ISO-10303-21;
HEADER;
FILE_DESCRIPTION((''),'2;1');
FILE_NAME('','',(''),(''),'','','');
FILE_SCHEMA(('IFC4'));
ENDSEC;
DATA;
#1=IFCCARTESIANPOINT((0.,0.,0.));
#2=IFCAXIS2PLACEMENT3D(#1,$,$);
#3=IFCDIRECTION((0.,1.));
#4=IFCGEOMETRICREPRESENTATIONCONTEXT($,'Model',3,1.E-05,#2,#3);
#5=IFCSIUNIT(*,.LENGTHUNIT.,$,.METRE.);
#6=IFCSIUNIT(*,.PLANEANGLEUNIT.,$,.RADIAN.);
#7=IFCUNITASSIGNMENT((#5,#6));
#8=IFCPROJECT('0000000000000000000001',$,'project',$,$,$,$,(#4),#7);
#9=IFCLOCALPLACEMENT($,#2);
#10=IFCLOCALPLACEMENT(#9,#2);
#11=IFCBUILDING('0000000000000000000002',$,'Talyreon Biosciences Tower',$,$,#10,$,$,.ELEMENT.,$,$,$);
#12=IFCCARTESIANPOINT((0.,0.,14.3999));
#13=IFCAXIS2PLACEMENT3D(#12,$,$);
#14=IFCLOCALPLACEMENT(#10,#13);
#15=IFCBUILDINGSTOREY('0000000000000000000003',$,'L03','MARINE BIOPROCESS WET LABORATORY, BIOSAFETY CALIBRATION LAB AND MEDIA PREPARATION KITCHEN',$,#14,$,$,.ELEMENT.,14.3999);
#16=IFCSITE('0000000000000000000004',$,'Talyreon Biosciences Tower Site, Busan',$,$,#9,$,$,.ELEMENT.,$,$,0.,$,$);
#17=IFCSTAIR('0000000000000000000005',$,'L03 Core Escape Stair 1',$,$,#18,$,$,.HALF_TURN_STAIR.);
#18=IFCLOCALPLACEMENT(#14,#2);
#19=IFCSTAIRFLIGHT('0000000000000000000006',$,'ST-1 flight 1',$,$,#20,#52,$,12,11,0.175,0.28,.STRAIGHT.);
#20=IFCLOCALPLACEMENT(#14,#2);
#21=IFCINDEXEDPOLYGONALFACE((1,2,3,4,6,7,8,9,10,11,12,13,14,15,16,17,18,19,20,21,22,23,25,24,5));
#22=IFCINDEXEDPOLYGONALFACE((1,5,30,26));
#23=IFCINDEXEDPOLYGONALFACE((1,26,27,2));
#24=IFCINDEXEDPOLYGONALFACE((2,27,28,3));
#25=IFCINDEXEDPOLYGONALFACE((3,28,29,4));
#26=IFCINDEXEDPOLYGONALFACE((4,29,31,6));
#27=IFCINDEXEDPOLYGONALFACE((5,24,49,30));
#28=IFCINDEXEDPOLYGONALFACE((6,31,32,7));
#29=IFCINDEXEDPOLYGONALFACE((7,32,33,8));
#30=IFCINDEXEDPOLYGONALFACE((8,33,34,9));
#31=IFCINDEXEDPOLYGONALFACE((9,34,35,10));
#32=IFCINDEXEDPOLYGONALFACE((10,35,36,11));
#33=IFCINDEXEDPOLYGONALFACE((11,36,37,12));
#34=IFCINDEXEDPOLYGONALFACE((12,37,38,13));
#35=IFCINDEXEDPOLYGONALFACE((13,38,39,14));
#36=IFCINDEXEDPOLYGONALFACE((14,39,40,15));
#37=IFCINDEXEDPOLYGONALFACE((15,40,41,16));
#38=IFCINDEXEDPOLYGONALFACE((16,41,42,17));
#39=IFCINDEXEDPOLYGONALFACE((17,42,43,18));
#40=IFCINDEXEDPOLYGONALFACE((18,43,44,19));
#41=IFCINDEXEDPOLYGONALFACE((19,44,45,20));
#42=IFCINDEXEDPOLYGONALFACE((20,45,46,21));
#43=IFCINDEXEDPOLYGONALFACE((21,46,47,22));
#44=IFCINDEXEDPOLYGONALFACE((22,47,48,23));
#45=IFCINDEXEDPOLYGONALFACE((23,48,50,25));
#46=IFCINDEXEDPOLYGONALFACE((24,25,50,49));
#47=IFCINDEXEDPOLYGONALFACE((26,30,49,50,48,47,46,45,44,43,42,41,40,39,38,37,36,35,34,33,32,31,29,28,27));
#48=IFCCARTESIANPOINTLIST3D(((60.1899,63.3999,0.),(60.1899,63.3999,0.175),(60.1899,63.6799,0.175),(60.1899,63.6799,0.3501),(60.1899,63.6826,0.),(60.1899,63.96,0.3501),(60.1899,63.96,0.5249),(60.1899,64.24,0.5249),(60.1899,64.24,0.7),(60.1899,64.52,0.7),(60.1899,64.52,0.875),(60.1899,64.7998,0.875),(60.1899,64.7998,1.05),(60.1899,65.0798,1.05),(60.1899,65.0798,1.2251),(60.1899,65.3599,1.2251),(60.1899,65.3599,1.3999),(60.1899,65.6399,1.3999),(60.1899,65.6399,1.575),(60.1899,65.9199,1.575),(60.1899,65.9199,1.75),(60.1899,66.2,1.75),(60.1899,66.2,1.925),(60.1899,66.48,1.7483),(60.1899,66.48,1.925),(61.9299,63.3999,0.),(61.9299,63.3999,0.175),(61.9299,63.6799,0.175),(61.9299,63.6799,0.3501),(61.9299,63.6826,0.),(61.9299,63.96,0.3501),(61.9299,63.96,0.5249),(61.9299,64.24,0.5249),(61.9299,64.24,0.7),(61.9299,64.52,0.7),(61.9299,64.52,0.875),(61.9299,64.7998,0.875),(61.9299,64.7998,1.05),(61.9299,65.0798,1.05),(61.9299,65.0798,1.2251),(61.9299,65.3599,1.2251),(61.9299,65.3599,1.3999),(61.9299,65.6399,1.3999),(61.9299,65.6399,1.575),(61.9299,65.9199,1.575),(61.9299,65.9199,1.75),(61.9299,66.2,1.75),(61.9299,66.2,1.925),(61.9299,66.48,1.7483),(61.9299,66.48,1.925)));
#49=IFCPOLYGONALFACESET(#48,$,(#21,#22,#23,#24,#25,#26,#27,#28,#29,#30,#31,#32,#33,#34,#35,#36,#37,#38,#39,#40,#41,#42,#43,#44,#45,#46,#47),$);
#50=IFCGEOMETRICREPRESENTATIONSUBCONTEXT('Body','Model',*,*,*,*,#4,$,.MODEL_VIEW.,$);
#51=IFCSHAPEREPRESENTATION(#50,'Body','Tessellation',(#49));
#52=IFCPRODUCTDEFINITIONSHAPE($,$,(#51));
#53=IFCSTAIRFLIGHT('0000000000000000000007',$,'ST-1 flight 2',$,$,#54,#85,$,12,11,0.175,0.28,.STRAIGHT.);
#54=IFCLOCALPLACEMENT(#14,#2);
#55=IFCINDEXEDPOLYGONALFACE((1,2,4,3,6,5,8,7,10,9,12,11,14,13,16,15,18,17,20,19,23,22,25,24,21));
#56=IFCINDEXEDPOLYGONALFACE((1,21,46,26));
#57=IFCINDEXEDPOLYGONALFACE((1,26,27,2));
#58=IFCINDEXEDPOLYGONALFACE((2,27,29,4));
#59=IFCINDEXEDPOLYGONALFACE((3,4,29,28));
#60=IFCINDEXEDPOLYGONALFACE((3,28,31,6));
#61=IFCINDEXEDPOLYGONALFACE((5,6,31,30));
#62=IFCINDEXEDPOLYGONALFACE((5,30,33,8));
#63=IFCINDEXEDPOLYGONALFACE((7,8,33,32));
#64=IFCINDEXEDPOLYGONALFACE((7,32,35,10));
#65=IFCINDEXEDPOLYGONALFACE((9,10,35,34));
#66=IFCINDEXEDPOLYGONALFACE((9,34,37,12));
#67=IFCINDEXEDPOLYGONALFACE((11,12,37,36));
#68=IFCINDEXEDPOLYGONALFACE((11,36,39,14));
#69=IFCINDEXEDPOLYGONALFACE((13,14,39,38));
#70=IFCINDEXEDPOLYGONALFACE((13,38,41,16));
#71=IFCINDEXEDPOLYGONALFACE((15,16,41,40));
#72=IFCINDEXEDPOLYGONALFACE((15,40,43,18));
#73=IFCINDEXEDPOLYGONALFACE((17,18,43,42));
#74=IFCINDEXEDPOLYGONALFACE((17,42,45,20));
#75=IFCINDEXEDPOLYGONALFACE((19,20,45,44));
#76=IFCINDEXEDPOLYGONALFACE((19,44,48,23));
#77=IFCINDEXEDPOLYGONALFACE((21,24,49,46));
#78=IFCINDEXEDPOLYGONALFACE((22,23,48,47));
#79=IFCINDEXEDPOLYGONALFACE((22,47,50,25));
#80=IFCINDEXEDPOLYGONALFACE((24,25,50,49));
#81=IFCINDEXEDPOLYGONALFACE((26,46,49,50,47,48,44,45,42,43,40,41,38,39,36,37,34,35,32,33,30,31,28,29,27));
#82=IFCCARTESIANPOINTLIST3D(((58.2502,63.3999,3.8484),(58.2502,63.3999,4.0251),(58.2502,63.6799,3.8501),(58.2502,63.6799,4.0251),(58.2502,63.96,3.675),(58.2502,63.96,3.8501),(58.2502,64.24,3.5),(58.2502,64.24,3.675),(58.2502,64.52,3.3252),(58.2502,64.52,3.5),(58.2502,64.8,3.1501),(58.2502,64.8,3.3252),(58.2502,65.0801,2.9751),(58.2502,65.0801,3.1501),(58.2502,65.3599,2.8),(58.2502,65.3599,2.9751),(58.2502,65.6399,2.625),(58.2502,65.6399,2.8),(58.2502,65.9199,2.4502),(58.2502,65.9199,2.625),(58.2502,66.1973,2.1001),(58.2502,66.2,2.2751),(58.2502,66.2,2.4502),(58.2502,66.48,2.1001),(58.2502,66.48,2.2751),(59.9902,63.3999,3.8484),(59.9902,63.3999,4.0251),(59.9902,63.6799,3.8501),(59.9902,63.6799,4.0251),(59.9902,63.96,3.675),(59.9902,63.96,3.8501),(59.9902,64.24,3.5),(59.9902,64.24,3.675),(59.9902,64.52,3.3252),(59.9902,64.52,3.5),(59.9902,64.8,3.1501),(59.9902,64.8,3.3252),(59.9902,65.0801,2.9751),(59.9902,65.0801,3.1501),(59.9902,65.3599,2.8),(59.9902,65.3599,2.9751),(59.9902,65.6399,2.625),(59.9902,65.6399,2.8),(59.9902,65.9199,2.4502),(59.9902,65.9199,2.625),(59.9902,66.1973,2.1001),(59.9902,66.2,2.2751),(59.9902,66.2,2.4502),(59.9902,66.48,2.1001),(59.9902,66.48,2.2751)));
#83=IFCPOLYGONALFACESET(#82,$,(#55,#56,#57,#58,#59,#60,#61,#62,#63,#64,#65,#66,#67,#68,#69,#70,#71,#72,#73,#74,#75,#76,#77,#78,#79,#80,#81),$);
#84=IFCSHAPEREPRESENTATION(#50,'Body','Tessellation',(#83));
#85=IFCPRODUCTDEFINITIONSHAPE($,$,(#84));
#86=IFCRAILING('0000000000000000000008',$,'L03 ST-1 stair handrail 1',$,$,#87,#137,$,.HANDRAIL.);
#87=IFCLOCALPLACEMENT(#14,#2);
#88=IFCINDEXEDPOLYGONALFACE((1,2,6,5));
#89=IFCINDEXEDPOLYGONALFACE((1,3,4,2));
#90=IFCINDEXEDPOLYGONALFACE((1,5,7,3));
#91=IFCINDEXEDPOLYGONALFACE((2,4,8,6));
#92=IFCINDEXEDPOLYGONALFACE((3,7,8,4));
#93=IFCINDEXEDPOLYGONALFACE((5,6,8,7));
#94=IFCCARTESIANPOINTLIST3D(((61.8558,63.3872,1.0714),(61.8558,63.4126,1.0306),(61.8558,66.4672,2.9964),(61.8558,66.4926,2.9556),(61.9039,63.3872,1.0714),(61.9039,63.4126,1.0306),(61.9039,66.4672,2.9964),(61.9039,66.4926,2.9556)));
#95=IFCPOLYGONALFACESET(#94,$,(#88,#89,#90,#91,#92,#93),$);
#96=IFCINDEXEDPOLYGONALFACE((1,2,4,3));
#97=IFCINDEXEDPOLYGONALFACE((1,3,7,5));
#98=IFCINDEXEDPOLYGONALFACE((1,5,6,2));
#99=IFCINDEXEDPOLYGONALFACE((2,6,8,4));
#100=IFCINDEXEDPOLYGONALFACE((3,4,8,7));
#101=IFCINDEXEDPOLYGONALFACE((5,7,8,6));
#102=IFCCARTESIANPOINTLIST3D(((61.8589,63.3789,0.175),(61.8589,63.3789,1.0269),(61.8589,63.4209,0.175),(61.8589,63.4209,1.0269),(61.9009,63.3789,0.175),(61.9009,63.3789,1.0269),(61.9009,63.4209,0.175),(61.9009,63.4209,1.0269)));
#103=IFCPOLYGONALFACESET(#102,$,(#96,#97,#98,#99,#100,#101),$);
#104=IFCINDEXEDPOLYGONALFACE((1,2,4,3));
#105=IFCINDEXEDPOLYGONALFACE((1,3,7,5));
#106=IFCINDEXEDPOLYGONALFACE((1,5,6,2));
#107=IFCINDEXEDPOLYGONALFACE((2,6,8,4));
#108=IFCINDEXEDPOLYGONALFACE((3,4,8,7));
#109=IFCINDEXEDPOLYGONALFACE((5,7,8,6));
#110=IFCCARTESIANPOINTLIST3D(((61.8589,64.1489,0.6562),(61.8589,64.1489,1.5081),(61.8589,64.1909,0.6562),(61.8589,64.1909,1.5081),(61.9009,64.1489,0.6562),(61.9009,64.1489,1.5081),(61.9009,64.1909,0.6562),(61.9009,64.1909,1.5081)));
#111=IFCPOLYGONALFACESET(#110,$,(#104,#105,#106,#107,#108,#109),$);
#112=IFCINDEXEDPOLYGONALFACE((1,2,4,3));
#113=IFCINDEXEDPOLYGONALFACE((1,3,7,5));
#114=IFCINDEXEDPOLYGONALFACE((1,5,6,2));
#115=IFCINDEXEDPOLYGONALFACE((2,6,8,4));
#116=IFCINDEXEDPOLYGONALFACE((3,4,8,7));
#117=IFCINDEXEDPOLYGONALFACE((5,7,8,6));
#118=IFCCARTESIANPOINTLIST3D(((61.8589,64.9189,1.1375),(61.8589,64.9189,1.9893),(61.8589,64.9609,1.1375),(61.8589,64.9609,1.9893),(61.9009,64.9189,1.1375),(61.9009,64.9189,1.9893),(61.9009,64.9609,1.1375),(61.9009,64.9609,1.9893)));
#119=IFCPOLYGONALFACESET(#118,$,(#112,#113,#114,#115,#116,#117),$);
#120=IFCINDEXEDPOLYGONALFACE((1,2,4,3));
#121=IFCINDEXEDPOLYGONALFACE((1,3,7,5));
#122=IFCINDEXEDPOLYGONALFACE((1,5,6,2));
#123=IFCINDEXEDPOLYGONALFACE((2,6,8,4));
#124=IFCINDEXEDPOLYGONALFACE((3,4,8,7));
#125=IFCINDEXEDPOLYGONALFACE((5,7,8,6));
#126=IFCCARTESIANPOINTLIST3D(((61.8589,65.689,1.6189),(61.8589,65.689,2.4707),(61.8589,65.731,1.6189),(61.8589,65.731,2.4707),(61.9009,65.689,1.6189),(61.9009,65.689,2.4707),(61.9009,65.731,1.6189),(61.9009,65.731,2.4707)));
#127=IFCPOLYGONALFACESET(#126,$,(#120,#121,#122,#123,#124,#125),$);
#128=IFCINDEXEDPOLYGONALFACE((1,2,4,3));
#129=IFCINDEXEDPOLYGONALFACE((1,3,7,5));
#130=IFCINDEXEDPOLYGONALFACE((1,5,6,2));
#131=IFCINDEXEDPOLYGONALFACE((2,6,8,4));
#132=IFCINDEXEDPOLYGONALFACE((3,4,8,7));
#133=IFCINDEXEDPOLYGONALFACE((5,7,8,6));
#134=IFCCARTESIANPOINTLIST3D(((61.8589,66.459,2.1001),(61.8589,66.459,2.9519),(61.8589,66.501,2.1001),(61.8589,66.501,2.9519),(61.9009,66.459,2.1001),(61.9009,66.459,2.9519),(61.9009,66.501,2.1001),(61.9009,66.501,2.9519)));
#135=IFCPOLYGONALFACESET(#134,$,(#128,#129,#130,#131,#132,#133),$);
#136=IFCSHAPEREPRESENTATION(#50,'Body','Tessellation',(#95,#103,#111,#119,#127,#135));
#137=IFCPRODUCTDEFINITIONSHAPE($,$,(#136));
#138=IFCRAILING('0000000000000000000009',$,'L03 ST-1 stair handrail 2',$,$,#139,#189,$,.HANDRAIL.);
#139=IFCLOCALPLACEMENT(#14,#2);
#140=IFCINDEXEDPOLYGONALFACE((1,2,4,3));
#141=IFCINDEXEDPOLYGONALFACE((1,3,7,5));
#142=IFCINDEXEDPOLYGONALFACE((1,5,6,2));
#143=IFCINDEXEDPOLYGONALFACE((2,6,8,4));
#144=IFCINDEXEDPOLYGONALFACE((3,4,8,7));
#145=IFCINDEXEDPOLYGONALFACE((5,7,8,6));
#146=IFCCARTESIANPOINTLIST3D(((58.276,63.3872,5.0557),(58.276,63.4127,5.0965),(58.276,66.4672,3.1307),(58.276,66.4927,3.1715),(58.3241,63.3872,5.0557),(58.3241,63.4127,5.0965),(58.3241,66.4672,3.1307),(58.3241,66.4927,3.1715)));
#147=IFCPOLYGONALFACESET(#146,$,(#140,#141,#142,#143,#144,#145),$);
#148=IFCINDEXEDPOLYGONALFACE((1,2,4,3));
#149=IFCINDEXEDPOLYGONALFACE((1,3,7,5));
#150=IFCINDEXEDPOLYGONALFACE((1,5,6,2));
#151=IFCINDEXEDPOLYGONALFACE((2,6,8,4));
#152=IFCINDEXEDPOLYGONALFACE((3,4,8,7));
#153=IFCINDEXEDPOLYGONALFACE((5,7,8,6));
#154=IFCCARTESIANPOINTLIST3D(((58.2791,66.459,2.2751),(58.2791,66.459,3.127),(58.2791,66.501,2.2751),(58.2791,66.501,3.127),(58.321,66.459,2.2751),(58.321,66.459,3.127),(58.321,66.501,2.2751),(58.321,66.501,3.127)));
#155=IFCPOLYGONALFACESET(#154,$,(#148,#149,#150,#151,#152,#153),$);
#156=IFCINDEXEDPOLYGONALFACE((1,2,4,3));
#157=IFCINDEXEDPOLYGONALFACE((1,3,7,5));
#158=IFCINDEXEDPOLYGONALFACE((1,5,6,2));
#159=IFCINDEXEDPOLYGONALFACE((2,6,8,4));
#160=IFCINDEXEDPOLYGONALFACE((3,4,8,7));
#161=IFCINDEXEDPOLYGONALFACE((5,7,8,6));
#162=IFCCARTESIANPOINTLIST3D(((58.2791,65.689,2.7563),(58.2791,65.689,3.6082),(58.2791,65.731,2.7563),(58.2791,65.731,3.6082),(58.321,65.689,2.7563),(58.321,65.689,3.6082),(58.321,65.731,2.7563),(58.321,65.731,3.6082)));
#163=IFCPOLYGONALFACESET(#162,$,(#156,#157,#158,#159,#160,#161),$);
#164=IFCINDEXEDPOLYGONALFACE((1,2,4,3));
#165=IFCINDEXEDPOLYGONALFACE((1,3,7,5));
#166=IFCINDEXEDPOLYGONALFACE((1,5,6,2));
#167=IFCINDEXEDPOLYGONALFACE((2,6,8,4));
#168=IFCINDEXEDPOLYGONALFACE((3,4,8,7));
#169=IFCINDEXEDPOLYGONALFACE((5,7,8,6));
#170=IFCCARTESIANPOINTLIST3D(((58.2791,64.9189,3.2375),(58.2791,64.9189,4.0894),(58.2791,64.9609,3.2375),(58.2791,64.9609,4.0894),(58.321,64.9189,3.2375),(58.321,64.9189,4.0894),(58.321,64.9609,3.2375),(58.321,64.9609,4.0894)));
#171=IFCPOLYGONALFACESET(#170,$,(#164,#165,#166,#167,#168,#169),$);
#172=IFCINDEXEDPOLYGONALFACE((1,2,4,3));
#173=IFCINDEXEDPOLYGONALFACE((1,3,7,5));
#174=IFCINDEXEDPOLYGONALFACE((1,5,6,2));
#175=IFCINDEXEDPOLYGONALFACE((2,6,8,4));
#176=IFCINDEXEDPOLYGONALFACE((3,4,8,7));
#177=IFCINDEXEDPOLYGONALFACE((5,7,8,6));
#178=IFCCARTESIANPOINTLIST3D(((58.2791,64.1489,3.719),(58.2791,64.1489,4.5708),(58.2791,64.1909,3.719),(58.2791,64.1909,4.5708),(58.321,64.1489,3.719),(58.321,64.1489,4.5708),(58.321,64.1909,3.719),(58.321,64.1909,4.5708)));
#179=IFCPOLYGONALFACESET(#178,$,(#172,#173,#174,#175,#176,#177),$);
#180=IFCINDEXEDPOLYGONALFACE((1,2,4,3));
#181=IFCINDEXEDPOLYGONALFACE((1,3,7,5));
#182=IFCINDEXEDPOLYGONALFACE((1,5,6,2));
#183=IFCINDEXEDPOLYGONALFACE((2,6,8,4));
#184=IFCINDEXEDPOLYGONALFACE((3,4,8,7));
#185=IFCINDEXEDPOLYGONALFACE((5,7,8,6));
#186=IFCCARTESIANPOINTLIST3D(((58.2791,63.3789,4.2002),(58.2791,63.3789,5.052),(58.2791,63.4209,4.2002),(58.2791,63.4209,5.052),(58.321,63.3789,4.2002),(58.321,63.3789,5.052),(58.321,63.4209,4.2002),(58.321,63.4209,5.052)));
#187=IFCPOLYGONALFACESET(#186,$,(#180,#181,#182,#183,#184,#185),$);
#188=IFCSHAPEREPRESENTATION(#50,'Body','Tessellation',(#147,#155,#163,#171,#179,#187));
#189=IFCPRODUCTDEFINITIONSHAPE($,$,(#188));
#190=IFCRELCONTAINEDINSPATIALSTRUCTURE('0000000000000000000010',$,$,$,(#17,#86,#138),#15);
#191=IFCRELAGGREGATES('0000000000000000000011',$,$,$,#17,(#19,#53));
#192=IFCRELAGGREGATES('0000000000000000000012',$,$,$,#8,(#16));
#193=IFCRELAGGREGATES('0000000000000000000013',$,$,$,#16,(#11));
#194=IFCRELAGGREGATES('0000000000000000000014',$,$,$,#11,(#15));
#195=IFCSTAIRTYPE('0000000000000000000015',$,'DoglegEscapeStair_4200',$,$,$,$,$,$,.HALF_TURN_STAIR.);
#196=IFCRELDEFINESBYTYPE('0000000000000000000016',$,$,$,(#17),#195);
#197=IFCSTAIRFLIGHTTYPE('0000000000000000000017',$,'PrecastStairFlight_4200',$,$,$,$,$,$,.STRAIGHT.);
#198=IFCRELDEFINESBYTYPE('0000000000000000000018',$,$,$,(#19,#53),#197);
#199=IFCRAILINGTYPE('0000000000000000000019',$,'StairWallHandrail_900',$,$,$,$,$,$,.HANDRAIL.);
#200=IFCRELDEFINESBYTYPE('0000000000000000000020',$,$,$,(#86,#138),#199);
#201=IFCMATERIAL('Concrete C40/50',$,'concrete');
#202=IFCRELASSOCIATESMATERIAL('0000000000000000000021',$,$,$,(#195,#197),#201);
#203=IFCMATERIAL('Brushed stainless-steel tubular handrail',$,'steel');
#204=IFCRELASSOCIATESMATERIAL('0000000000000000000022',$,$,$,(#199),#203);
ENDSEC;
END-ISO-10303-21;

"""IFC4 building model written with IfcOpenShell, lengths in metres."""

from ifc_helpers import new_model, si_unit, direction, frame, origin, origin_2d, place, context, subcontext, project, spatial, polyline, rectangle, outline, extrude, material, type_object, element, aggregate, save


model = new_model("IFC4")

# Units and contexts
model_context = context("Model", 3, precision=1e-05, world=origin(), true_north=direction((0.0, 1.0)))
body_context = subcontext(model_context, "Body", "Model", "MODEL_VIEW")
ifc_project = project(units=[si_unit("LENGTHUNIT", "METRE"), si_unit("PLANEANGLEUNIT", "RADIAN")], contexts=[model_context])

# Site, building, storey
site_placement = place(None, origin())
site = spatial("IfcSite", under=ifc_project, at=site_placement, Name="Talyreon Biosciences Tower Site, Busan", CompositionType="ELEMENT", RefElevation=0.0)
building_placement = place(site_placement, origin())
building = spatial("IfcBuilding", under=site, at=building_placement, Name="Talyreon Biosciences Tower", CompositionType="ELEMENT")
storey_placement = place(building_placement, frame((0.0, 0.0, 14.3999)))
storey = spatial("IfcBuildingStorey", under=building, at=storey_placement, Name="L03", Description="MARINE BIOPROCESS WET LABORATORY, BIOSAFETY CALIBRATION LAB AND MEDIA PREPARATION KITCHEN", CompositionType="ELEMENT", Elevation=14.3999)

# Stair, stair flights
ifc_material_1 = material(Name="Concrete C40/50", Category="concrete")
stair_type = type_object("IfcStairType", Name="DoglegEscapeStair_4200", PredefinedType="HALF_TURN_STAIR", material=ifc_material_1)
stair_placement = place(storey_placement, origin())
stair = element("IfcStair", 1, at=stair_placement, inside=storey, type_object=stair_type, Name="L03 Core Escape Stair 1", PredefinedType="HALF_TURN_STAIR")
stair_flight_type = type_object("IfcStairFlightType", Name="PrecastStairFlight_4200", PredefinedType="STRAIGHT", material=ifc_material_1)
stair_flight_1_placement = place(storey_placement, frame((61.0601, 63.3999, 0.0), z_axis=(0.0, 0.0, 1.0), x_axis=(0.0, 1.0, 0.0)))
stair_flight_1 = element("IfcStairFlight", 2, at=stair_flight_1_placement, type_object=stair_flight_type, Name="ST-1 flight 1", NumberOfRisers=12, NumberOfTreads=11, PredefinedType="STRAIGHT", RiserHeight=0.175, TreadLength=0.28, context=body_context, shape_type="SweptSolid", body=[
    extrude(outline(polyline([(0.0, 0.0), (0.0, 0.175), (0.28, 0.175), (0.28, 0.3501), (0.5601, 0.3501), (0.5601, 0.5249), (0.8401, 0.5249), (0.8401, 0.7), (1.1201, 0.7), (1.1201, 0.875), (1.3999, 0.875), (1.3999, 1.05), (1.6799, 1.05), (1.6799, 1.2251), (1.96, 1.2251), (1.96, 1.3999), (2.24, 1.3999), (2.24, 1.575), (2.52, 1.575), (2.52, 1.75), (2.8, 1.75), (2.8, 1.925), (3.0801, 1.925), (3.0801, 2.1001), (3.0801, 1.7483), (0.2827, 0.0), (0.0, 0.0)])), frame((0.0, 0.8701, 0.0), z_axis=(0.0, -1.0, 0.0), x_axis=(1.0, 0.0, 0.0)), (0.0, 0.0, 1.0), 1.74),
])
stair_flight_2_placement = place(storey_placement, frame((59.1201, 66.48, 2.1001), z_axis=(0.0, 0.0, 1.0), x_axis=(0.0, -1.0, 0.0)))
stair_flight_2 = element("IfcStairFlight", 3, at=stair_flight_2_placement, type_object=stair_flight_type, Name="ST-1 flight 2", NumberOfRisers=12, NumberOfTreads=11, PredefinedType="STRAIGHT", RiserHeight=0.175, TreadLength=0.28, context=body_context, shape_type="SweptSolid", body=[
    extrude(outline(polyline([(0.0, 0.0), (0.0, 0.175), (0.28, 0.175), (0.28, 0.3501), (0.5601, 0.3501), (0.5601, 0.5249), (0.8401, 0.5249), (0.8401, 0.7), (1.1201, 0.7), (1.1201, 0.875), (1.3999, 0.875), (1.3999, 1.05), (1.6799, 1.05), (1.6799, 1.2251), (1.96, 1.2251), (1.96, 1.3999), (2.24, 1.3999), (2.24, 1.575), (2.52, 1.575), (2.52, 1.75), (2.8, 1.75), (2.8, 1.925), (3.0801, 1.925), (3.0801, 2.1001), (3.0801, 1.7483), (0.2827, 0.0), (0.0, 0.0)])), frame((0.0, 0.8701, 0.0), z_axis=(0.0, -1.0, 0.0), x_axis=(1.0, 0.0, 0.0)), (0.0, 0.0, 1.0), 1.74),
])
aggregate(stair, [stair_flight_1, stair_flight_2])

# Railings
ifc_material_2 = material(Name="Brushed stainless-steel tubular handrail", Category="steel")
railing_type_1 = type_object("IfcRailingType", Name="StairWallHandrail_900", PredefinedType="HANDRAIL", material=ifc_material_2)
railing_1_placement = place(storey_placement, frame((61.8799, 63.3999, 0.175)))
element("IfcRailing", 4, at=railing_1_placement, inside=storey, type_object=railing_type_1, Name="L03 ST-1 stair handrail 1", PredefinedType="HANDRAIL", context=body_context, shape_type="SweptSolid", body=[
    extrude(rectangle(XDim=0.0481, YDim=0.0481, at=origin_2d()), frame((0.0, 0.0, 0.876), z_axis=(0.0, 0.847998, 0.529999), x_axis=(-1.0, 0.0, 0.0)), (0.0, 0.0, 1.0), 3.6321),
    extrude(rectangle(XDim=0.042, YDim=0.042, at=origin_2d()), origin(), (0.0, 0.0, 1.0), 0.8518),
    extrude(rectangle(XDim=0.042, YDim=0.042, at=origin_2d()), frame((0.0, 0.77, 0.4812)), (0.0, 0.0, 1.0), 0.8518),
    extrude(rectangle(XDim=0.042, YDim=0.042, at=origin_2d()), frame((0.0, 1.54, 0.9624)), (0.0, 0.0, 1.0), 0.8518),
    extrude(rectangle(XDim=0.042, YDim=0.042, at=origin_2d()), frame((0.0, 2.3101, 1.4438)), (0.0, 0.0, 1.0), 0.8518),
    extrude(rectangle(XDim=0.042, YDim=0.042, at=origin_2d()), frame((0.0, 3.0801, 1.925)), (0.0, 0.0, 1.0), 0.8518),
])
railing_2_placement = place(storey_placement, frame((58.3, 66.48, 2.2751)))
element("IfcRailing", 5, at=railing_2_placement, inside=storey, type_object=railing_type_1, Name="L03 ST-1 stair handrail 2", PredefinedType="HANDRAIL", context=body_context, shape_type="SweptSolid", body=[
    extrude(rectangle(XDim=0.0481, YDim=0.0481, at=origin_2d()), frame((0.0, 0.0, 0.876), z_axis=(0.0, -0.847998, 0.529999), x_axis=(1.0, 0.0, 0.0)), (0.0, 0.0, 1.0), 3.6321),
    extrude(rectangle(XDim=0.042, YDim=0.042, at=origin_2d()), origin(), (0.0, 0.0, 1.0), 0.8518),
    extrude(rectangle(XDim=0.042, YDim=0.042, at=origin_2d()), frame((0.0, -0.77, 0.4812)), (0.0, 0.0, 1.0), 0.8518),
    extrude(rectangle(XDim=0.042, YDim=0.042, at=origin_2d()), frame((0.0, -1.54, 0.9624)), (0.0, 0.0, 1.0), 0.8518),
    extrude(rectangle(XDim=0.042, YDim=0.042, at=origin_2d()), frame((0.0, -2.3101, 1.4438)), (0.0, 0.0, 1.0), 0.8518),
    extrude(rectangle(XDim=0.042, YDim=0.042, at=origin_2d()), frame((0.0, -3.0801, 1.925)), (0.0, 0.0, 1.0), 0.8518),
])

save(model, "model.ifc")
